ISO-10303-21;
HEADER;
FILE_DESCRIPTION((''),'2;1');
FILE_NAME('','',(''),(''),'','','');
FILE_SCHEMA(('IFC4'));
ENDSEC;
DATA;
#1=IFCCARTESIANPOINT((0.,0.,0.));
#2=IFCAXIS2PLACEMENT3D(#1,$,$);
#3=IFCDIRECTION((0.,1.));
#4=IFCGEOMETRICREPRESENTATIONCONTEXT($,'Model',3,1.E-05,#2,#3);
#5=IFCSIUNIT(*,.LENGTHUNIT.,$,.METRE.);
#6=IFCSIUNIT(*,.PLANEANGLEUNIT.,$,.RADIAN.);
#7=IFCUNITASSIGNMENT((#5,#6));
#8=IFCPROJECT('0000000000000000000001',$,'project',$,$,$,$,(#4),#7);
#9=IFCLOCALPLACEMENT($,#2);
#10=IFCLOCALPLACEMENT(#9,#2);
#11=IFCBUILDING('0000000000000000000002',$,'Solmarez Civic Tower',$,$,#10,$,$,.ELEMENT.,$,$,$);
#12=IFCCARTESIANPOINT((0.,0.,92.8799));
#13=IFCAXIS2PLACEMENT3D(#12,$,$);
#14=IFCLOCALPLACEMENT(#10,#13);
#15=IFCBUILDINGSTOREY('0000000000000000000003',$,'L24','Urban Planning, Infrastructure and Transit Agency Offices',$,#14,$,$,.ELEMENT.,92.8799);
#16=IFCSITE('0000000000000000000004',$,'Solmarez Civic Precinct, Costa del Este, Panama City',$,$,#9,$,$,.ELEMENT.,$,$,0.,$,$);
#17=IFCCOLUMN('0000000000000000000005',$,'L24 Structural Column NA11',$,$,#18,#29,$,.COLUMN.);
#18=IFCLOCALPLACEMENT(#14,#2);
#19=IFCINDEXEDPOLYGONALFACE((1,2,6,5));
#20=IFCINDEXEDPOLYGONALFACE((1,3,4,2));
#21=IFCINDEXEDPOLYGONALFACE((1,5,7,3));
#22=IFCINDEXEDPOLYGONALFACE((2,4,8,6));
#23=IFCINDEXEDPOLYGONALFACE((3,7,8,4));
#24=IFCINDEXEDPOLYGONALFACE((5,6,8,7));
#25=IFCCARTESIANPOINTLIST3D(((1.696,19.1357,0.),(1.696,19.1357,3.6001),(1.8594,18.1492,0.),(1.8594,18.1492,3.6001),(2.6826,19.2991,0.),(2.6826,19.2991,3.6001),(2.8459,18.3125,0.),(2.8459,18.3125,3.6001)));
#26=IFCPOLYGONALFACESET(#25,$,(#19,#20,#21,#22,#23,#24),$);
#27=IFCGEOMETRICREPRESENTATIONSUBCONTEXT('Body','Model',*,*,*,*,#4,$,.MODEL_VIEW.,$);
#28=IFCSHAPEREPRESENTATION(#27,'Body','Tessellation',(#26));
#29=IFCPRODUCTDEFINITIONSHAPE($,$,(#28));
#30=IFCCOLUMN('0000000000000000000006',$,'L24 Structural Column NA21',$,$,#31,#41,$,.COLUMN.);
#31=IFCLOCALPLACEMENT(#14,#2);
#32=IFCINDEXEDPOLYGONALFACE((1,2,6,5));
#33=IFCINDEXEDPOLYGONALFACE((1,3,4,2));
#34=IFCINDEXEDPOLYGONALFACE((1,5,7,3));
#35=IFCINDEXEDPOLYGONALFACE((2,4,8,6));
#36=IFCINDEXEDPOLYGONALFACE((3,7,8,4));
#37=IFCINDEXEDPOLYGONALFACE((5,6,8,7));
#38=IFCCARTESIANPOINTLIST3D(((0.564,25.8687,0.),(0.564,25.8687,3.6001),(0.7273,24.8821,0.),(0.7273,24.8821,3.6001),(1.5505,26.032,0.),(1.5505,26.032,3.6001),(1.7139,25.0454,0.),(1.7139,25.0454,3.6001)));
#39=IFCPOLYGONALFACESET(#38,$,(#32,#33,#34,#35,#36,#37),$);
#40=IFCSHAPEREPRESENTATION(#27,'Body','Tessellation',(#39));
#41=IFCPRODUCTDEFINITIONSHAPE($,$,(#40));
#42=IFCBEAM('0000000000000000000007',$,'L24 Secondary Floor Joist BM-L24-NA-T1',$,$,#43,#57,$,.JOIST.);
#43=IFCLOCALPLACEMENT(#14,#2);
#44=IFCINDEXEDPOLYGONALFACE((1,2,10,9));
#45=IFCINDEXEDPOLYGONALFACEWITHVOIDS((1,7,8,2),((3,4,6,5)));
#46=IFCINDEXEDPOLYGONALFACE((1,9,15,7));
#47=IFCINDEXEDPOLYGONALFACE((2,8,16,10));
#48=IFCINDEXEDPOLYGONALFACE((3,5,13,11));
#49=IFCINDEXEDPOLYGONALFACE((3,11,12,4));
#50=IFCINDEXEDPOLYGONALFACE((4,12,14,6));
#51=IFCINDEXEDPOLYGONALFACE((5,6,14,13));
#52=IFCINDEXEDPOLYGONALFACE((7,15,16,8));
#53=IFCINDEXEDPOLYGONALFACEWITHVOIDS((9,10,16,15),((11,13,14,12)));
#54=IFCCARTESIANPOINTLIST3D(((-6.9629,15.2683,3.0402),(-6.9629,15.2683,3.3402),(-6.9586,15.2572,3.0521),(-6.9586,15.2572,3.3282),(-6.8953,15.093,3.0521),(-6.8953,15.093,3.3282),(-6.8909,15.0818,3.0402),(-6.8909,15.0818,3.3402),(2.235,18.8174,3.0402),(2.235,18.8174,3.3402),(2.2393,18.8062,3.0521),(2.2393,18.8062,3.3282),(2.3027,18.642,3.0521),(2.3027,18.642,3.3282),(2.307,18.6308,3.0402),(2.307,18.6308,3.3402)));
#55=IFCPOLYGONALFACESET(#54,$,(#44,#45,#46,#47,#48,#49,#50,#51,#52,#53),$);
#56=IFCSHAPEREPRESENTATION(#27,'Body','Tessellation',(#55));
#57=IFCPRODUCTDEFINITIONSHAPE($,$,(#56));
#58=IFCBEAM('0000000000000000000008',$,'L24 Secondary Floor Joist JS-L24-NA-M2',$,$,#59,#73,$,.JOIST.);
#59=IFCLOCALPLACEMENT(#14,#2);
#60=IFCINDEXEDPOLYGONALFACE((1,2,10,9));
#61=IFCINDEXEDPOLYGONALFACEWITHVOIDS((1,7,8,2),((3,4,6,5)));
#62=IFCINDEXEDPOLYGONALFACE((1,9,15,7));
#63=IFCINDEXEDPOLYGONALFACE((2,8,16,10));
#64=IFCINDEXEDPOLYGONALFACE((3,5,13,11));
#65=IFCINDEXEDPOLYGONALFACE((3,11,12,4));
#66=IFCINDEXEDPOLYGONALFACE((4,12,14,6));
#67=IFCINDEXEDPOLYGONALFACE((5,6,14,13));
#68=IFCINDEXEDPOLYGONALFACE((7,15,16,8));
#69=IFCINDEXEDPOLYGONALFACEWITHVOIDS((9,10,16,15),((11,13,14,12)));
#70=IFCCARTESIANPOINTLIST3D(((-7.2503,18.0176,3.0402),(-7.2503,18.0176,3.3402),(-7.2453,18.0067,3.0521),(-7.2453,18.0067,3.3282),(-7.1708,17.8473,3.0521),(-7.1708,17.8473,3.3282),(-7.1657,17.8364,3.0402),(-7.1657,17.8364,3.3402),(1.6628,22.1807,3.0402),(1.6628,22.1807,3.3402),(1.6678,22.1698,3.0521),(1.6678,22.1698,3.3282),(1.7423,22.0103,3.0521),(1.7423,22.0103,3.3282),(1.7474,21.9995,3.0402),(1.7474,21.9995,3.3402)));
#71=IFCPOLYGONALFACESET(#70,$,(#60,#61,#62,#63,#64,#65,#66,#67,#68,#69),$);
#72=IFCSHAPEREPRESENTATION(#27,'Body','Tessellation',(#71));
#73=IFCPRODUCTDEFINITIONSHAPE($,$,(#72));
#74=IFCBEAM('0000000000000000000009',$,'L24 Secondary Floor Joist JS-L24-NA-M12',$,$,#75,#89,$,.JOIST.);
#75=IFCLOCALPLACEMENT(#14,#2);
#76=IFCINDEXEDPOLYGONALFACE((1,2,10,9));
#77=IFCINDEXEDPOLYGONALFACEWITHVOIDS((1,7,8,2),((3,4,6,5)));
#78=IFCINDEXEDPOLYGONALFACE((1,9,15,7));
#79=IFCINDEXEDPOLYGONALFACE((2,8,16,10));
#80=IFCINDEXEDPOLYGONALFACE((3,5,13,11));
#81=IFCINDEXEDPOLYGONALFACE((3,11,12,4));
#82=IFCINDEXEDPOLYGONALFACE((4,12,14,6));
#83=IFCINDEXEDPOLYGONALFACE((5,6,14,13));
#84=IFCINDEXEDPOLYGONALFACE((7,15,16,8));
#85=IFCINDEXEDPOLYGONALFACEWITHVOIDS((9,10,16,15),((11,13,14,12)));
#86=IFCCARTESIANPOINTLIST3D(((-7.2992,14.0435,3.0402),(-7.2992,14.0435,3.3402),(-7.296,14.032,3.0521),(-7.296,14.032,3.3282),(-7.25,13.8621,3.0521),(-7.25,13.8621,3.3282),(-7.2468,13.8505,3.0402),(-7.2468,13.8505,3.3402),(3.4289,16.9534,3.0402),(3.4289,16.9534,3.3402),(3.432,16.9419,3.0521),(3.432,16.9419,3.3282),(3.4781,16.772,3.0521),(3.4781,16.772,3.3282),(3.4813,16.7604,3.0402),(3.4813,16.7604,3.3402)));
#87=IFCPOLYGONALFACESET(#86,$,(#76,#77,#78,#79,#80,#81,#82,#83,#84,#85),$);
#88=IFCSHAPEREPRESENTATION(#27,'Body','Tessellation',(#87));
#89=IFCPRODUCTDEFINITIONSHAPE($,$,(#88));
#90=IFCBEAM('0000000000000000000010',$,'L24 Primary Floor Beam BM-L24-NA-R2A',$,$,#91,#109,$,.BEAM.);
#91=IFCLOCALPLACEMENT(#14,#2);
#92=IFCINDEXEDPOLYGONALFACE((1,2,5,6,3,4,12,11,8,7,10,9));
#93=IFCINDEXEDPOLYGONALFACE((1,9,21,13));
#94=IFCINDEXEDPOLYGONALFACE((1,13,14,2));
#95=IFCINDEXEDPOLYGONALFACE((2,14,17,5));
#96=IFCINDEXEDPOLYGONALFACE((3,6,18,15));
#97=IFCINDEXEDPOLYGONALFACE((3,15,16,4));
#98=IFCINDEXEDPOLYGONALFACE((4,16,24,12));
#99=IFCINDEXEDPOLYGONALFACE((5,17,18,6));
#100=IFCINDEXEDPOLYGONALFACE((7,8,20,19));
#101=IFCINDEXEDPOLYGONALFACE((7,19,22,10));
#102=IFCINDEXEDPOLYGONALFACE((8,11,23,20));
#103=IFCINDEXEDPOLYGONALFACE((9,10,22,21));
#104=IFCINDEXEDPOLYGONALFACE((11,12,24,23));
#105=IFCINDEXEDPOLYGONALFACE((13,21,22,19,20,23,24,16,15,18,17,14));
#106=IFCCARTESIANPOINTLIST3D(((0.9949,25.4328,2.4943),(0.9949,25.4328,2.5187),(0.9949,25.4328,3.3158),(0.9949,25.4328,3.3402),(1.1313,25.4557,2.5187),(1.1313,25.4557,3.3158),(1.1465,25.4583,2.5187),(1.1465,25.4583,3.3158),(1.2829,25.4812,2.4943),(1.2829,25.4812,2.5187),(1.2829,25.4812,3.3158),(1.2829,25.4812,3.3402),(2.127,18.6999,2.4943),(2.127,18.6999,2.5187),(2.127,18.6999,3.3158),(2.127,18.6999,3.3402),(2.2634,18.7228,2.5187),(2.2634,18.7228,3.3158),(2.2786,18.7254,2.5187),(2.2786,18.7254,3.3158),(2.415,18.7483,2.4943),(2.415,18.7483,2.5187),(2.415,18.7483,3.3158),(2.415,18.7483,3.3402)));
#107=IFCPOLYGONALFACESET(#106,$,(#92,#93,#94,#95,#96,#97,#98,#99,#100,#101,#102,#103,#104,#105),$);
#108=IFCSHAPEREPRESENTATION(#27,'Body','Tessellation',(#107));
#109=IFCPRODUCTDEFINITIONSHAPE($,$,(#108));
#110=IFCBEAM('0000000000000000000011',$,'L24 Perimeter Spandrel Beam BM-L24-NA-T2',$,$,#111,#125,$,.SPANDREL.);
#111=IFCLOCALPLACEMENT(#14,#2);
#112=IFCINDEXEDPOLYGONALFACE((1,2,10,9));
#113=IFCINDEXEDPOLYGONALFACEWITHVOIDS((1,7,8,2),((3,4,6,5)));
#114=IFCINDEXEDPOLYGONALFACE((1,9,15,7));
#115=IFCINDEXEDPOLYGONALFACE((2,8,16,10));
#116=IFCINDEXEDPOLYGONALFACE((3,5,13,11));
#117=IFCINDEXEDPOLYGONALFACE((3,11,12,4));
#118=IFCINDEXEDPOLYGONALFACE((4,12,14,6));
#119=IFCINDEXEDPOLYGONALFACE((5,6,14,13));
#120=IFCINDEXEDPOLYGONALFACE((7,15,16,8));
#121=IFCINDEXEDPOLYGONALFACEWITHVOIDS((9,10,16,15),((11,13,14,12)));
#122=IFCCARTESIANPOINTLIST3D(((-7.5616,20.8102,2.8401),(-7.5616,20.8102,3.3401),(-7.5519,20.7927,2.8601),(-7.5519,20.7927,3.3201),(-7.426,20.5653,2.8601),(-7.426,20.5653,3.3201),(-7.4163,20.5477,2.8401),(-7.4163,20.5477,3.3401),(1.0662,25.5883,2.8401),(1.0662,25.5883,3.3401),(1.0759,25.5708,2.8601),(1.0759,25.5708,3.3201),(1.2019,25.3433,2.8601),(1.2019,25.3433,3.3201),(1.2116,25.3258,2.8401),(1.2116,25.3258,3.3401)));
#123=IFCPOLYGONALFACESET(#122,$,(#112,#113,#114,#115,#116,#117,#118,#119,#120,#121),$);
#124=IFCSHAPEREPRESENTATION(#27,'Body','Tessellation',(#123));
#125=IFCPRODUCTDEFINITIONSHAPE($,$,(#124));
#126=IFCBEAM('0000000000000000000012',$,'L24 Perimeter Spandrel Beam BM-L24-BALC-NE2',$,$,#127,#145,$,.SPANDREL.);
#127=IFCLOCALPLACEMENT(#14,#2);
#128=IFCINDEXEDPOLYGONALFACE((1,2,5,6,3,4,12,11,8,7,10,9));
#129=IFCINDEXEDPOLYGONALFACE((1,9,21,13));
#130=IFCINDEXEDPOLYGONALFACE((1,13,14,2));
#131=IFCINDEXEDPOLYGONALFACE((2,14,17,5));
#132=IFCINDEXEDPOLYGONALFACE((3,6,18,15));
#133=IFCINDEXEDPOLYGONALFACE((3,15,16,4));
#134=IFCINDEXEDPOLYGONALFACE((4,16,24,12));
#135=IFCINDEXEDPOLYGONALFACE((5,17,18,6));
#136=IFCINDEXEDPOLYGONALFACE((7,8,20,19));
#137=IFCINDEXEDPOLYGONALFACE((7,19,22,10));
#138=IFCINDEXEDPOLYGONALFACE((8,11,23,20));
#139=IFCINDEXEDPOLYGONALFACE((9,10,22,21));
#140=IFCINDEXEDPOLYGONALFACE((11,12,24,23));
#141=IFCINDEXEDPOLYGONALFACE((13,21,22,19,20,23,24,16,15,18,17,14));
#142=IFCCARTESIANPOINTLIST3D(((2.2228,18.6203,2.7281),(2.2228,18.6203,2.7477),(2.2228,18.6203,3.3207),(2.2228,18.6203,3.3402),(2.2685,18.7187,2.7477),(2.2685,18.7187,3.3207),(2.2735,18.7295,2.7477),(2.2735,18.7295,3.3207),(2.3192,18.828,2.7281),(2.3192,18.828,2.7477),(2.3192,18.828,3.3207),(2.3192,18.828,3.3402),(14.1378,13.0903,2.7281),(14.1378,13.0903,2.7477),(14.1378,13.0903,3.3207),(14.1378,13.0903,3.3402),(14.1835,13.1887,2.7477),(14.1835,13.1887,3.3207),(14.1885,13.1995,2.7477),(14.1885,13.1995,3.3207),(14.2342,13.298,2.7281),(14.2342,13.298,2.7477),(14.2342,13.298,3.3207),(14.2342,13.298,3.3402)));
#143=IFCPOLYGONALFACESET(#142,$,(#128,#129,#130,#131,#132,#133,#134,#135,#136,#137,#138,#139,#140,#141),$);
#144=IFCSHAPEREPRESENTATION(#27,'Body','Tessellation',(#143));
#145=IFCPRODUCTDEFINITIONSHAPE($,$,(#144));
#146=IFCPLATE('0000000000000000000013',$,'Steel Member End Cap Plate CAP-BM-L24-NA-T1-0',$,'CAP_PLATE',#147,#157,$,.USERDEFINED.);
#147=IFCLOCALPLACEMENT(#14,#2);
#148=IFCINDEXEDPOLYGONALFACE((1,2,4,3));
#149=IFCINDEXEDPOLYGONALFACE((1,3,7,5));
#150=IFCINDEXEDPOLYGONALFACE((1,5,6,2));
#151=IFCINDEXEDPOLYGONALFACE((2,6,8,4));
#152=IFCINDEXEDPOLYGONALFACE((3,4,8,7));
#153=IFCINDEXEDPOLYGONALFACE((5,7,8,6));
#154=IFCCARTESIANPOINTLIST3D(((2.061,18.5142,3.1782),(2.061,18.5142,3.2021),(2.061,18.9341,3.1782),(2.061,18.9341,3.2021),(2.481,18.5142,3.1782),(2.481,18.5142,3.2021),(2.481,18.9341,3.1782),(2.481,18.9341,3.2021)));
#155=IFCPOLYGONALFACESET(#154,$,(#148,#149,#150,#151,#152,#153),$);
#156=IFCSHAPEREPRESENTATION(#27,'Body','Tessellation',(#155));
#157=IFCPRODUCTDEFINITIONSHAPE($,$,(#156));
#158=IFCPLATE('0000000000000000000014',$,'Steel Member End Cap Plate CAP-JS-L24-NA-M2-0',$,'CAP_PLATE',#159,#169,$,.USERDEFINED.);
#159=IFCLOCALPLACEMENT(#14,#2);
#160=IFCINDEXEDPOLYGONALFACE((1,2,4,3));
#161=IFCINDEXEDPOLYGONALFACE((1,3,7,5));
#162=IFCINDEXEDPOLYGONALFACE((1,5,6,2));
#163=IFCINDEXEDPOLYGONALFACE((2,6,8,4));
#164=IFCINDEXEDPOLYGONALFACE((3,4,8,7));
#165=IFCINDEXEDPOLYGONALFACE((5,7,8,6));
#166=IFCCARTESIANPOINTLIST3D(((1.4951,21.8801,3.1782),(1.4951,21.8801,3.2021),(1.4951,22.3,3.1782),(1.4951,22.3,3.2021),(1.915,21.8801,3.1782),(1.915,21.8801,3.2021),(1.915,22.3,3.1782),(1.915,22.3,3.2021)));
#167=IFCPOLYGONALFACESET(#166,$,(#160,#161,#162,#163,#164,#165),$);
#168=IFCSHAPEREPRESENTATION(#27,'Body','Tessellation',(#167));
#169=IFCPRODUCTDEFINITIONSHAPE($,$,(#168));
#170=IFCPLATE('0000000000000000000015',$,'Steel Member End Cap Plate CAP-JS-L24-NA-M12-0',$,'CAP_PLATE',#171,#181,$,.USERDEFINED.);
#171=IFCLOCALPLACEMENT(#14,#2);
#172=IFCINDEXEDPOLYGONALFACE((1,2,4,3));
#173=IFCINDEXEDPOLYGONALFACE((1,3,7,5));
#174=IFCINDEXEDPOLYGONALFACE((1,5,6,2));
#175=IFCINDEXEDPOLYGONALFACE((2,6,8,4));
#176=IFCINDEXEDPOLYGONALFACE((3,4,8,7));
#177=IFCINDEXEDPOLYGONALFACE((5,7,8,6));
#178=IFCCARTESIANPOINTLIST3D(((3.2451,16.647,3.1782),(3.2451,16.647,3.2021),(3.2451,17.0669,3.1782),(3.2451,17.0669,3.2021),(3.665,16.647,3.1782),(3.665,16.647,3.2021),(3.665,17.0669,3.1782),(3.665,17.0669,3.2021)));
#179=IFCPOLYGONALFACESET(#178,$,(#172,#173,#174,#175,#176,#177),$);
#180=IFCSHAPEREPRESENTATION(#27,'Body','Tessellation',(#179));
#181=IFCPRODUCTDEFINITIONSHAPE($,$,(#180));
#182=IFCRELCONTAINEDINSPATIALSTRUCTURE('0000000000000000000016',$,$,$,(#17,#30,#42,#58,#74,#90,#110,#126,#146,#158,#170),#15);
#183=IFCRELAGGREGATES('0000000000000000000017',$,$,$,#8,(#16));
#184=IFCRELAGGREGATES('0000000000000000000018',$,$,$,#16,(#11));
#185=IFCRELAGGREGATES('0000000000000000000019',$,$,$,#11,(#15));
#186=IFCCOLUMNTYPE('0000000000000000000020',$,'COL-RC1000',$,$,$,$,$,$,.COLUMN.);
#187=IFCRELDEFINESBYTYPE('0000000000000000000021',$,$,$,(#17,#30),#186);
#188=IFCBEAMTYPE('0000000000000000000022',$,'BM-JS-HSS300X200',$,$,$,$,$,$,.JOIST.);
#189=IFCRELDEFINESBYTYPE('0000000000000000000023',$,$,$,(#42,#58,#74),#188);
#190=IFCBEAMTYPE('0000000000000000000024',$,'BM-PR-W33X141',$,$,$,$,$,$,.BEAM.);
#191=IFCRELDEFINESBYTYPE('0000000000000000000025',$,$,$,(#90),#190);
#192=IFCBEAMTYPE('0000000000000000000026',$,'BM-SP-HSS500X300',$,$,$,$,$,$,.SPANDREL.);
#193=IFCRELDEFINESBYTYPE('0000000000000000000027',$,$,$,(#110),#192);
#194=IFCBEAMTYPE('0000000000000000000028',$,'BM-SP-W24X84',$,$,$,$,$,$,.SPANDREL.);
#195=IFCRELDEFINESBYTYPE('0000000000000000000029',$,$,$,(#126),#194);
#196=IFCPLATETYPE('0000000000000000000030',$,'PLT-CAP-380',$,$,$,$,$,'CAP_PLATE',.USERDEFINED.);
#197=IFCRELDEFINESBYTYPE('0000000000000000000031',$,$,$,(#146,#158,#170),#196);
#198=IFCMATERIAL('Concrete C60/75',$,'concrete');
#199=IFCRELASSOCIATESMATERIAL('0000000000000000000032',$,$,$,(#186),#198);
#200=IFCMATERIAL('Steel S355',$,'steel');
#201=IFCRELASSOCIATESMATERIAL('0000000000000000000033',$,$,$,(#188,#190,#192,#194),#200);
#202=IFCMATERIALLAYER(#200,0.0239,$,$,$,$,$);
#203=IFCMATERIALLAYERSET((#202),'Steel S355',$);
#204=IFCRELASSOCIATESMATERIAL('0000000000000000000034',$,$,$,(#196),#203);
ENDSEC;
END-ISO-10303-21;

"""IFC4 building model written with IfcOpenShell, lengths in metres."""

from ifc_helpers import new_model, si_unit, direction, frame, origin, origin_2d, place, context, subcontext, project, spatial, rectangle, hollow_rectangle, i_section, extrude, material, layer, layer_set, material_profile, profile_set, type_object, element, save


model = new_model("IFC4")

# Units and contexts
model_context = context("Model", 3, precision=1e-05, world=origin(), true_north=direction((0.0, 1.0)))
body_context = subcontext(model_context, "Body", "Model", "MODEL_VIEW")
ifc_project = project(units=[si_unit("LENGTHUNIT", "METRE"), si_unit("PLANEANGLEUNIT", "RADIAN")], contexts=[model_context])

# Site, building, storey
site_placement = place(None, origin())
site = spatial("IfcSite", under=ifc_project, at=site_placement, Name="Solmarez Civic Precinct, Costa del Este, Panama City", CompositionType="ELEMENT", RefElevation=0.0)
building_placement = place(site_placement, origin())
building = spatial("IfcBuilding", under=site, at=building_placement, Name="Solmarez Civic Tower", CompositionType="ELEMENT")
storey_placement = place(building_placement, frame((0.0, 0.0, 92.8799)))
storey = spatial("IfcBuildingStorey", under=building, at=storey_placement, Name="L24", Description="Urban Planning, Infrastructure and Transit Agency Offices", CompositionType="ELEMENT", Elevation=92.8799)

# Columns
ifc_material_1 = material(Name="Concrete C60/75", Category="concrete")
ifc_material_profile_1 = material_profile(ifc_material_1, rectangle(XDim=1.0, YDim=1.0, at=origin_2d()), Name="RC1000X1000")
ifc_profile_set_1 = profile_set([ifc_material_profile_1], Name="Concrete C60/75")
column_type = type_object("IfcColumnType", Name="COL-RC1000", PredefinedType="COLUMN", material=ifc_profile_set_1)
for number, where, z_axis, x_axis, name in (
    (1, (2.271, 18.7241, 0.0), (0.0, 0.0, 1.0), (0.986572, 0.163326, 0.0), "L24 Structural Column NA11"),
    (2, (1.1389, 25.457, 0.0), (0.0, 0.0, 1.0), (0.986572, 0.163326, 0.0), "L24 Structural Column NA21"),
):
    element("IfcColumn", number, at=place(storey_placement, frame(where, z_axis=z_axis, x_axis=x_axis)), inside=storey, type_object=column_type, Name=name, PredefinedType="COLUMN", context=body_context, shape_type="SweptSolid", body=[
        extrude(rectangle(XDim=1.0, YDim=1.0, at=origin_2d()), origin(), (0.0, 0.0, 1.0), 3.6001),
    ])

# Beams
ifc_material_2 = material(Name="Steel S355", Category="steel")
ifc_material_profile_2 = material_profile(ifc_material_2, hollow_rectangle(XDim=0.2, YDim=0.3, WallThickness=0.012, at=origin_2d()), Name="HSS300X200X12")
ifc_profile_set_2 = profile_set([ifc_material_profile_2], Name="Steel S355")
beam_type_1 = type_object("IfcBeamType", Name="BM-JS-HSS300X200", PredefinedType="JOIST", material=ifc_profile_set_2)
beam_1_placement = place(storey_placement, frame((2.271, 18.7241, 3.1902), z_axis=(-0.932958, -0.359984, 0.0), x_axis=(0.359984, -0.932958, 0.0)))
element("IfcBeam", 3, at=beam_1_placement, inside=storey, type_object=beam_type_1, Name="L24 Secondary Floor Joist BM-L24-NA-T1", PredefinedType="JOIST", context=body_context, shape_type="SweptSolid", body=[
    extrude(hollow_rectangle(XDim=0.2, YDim=0.3, WallThickness=0.012, at=origin_2d()), origin(), (0.0, 0.0, 1.0), 9.8589),
])
beam_2_placement = place(storey_placement, frame((1.7051, 22.0901, 3.1902), z_axis=(-0.906041, -0.42319, 0.0), x_axis=(0.42319, -0.906041, 0.0)))
element("IfcBeam", 4, at=beam_2_placement, inside=storey, type_object=beam_type_1, Name="L24 Secondary Floor Joist JS-L24-NA-M2", PredefinedType="JOIST", context=body_context, shape_type="SweptSolid", body=[
    extrude(hollow_rectangle(XDim=0.2, YDim=0.3, WallThickness=0.012, at=origin_2d()), origin(), (0.0, 0.0, 1.0), 9.8374),
])
beam_3_placement = place(storey_placement, frame((3.4551, 16.8569, 3.1902), z_axis=(-0.965126, -0.261785, 0.0), x_axis=(0.261785, -0.965126, 0.0)))
element("IfcBeam", 5, at=beam_3_placement, inside=storey, type_object=beam_type_1, Name="L24 Secondary Floor Joist JS-L24-NA-M12", PredefinedType="JOIST", context=body_context, shape_type="SweptSolid", body=[
    extrude(hollow_rectangle(XDim=0.2, YDim=0.3, WallThickness=0.012, at=origin_2d()), origin(), (0.0, 0.0, 1.0), 11.1157),
])
ifc_material_profile_3 = material_profile(ifc_material_2, i_section(OverallWidth=0.292, OverallDepth=0.8459, WebThickness=0.0154, FlangeThickness=0.0244, at=origin_2d()), Name="W33X141")
ifc_profile_set_3 = profile_set([ifc_material_profile_3], Name="Steel S355")
beam_type_2 = type_object("IfcBeamType", Name="BM-PR-W33X141", PredefinedType="BEAM", material=ifc_profile_set_3)
beam_4_placement = place(storey_placement, frame((2.271, 18.7241, 2.9172), z_axis=(-0.165814, 0.986157, 0.0), x_axis=(-0.986157, -0.165814, 0.0)))
element("IfcBeam", 6, at=beam_4_placement, inside=storey, type_object=beam_type_2, Name="L24 Primary Floor Beam BM-L24-NA-R2A", PredefinedType="BEAM", context=body_context, shape_type="SweptSolid", body=[
    extrude(i_section(OverallWidth=0.292, OverallDepth=0.8459, WebThickness=0.0154, FlangeThickness=0.0244, at=origin_2d()), origin(), (0.0, 0.0, 1.0), 6.8274),
])
ifc_material_profile_4 = material_profile(ifc_material_2, hollow_rectangle(XDim=0.3, YDim=0.5, WallThickness=0.02, at=origin_2d()), Name="HSS500X300X20")
ifc_profile_set_4 = profile_set([ifc_material_profile_4], Name="Steel S355")
beam_type_3 = type_object("IfcBeamType", Name="BM-SP-HSS500X300", PredefinedType="SPANDREL", material=ifc_profile_set_4)
beam_5_placement = place(storey_placement, frame((1.1389, 25.457, 3.0901), z_axis=(-0.874812, -0.484463, 0.0), x_axis=(0.484463, -0.874812, 0.0)))
element("IfcBeam", 7, at=beam_5_placement, inside=storey, type_object=beam_type_3, Name="L24 Perimeter Spandrel Beam BM-L24-NA-T2", PredefinedType="SPANDREL", context=body_context, shape_type="SweptSolid", body=[
    extrude(hollow_rectangle(XDim=0.3, YDim=0.5, WallThickness=0.02, at=origin_2d()), origin(), (0.0, 0.0, 1.0), 9.8625),
])
ifc_material_profile_5 = material_profile(ifc_material_2, i_section(OverallWidth=0.229, OverallDepth=0.6121, WebThickness=0.012, FlangeThickness=0.0195, at=origin_2d()), Name="W24X84")
ifc_profile_set_5 = profile_set([ifc_material_profile_5], Name="Steel S355")
beam_type_4 = type_object("IfcBeamType", Name="BM-SP-W24X84", PredefinedType="SPANDREL", material=ifc_profile_set_5)
beam_6_placement = place(storey_placement, frame((2.271, 18.7241, 3.0342), z_axis=(0.907066, -0.420989, 0.0), x_axis=(0.420989, 0.907066, 0.0)))
element("IfcBeam", 8, at=beam_6_placement, inside=storey, type_object=beam_type_4, Name="L24 Perimeter Spandrel Beam BM-L24-BALC-NE2", PredefinedType="SPANDREL", context=body_context, shape_type="SweptSolid", body=[
    extrude(i_section(OverallWidth=0.229, OverallDepth=0.6121, WebThickness=0.012, FlangeThickness=0.0195, at=origin_2d()), origin(), (0.0, 0.0, 1.0), 13.1357),
])

# Plates
ifc_layer_1 = layer(ifc_material_2, 0.0239)
ifc_layer_set_1 = layer_set([ifc_layer_1], Name="Steel S355")
plate_type_1 = type_object("IfcPlateType", Name="PLT-CAP-380", ElementType="CAP_PLATE", PredefinedType="USERDEFINED", material=ifc_layer_set_1)
for number, where, z_axis, x_axis, name in (
    (9, (2.271, 18.7241, 3.1782), (0.0, 0.0, 1.0), (1.0, 0.0, 0.0), "Steel Member End Cap Plate CAP-BM-L24-NA-T1-0"),
    (10, (1.7051, 22.0901, 3.1782), (0.0, 0.0, 1.0), (1.0, 0.0, 0.0), "Steel Member End Cap Plate CAP-JS-L24-NA-M2-0"),
    (11, (3.4551, 16.8569, 3.1782), (0.0, 0.0, 1.0), (1.0, 0.0, 0.0), "Steel Member End Cap Plate CAP-JS-L24-NA-M12-0"),
):
    element("IfcPlate", number, at=place(storey_placement, frame(where, z_axis=z_axis, x_axis=x_axis)), inside=storey, type_object=plate_type_1, Name=name, ObjectType="CAP_PLATE", PredefinedType="USERDEFINED", context=body_context, shape_type="SweptSolid", body=[
        extrude(rectangle(XDim=0.4199, YDim=0.4199, at=origin_2d()), origin(), (0.0, 0.0, 1.0), 0.0239),
    ])

save(model, "model.ifc")
